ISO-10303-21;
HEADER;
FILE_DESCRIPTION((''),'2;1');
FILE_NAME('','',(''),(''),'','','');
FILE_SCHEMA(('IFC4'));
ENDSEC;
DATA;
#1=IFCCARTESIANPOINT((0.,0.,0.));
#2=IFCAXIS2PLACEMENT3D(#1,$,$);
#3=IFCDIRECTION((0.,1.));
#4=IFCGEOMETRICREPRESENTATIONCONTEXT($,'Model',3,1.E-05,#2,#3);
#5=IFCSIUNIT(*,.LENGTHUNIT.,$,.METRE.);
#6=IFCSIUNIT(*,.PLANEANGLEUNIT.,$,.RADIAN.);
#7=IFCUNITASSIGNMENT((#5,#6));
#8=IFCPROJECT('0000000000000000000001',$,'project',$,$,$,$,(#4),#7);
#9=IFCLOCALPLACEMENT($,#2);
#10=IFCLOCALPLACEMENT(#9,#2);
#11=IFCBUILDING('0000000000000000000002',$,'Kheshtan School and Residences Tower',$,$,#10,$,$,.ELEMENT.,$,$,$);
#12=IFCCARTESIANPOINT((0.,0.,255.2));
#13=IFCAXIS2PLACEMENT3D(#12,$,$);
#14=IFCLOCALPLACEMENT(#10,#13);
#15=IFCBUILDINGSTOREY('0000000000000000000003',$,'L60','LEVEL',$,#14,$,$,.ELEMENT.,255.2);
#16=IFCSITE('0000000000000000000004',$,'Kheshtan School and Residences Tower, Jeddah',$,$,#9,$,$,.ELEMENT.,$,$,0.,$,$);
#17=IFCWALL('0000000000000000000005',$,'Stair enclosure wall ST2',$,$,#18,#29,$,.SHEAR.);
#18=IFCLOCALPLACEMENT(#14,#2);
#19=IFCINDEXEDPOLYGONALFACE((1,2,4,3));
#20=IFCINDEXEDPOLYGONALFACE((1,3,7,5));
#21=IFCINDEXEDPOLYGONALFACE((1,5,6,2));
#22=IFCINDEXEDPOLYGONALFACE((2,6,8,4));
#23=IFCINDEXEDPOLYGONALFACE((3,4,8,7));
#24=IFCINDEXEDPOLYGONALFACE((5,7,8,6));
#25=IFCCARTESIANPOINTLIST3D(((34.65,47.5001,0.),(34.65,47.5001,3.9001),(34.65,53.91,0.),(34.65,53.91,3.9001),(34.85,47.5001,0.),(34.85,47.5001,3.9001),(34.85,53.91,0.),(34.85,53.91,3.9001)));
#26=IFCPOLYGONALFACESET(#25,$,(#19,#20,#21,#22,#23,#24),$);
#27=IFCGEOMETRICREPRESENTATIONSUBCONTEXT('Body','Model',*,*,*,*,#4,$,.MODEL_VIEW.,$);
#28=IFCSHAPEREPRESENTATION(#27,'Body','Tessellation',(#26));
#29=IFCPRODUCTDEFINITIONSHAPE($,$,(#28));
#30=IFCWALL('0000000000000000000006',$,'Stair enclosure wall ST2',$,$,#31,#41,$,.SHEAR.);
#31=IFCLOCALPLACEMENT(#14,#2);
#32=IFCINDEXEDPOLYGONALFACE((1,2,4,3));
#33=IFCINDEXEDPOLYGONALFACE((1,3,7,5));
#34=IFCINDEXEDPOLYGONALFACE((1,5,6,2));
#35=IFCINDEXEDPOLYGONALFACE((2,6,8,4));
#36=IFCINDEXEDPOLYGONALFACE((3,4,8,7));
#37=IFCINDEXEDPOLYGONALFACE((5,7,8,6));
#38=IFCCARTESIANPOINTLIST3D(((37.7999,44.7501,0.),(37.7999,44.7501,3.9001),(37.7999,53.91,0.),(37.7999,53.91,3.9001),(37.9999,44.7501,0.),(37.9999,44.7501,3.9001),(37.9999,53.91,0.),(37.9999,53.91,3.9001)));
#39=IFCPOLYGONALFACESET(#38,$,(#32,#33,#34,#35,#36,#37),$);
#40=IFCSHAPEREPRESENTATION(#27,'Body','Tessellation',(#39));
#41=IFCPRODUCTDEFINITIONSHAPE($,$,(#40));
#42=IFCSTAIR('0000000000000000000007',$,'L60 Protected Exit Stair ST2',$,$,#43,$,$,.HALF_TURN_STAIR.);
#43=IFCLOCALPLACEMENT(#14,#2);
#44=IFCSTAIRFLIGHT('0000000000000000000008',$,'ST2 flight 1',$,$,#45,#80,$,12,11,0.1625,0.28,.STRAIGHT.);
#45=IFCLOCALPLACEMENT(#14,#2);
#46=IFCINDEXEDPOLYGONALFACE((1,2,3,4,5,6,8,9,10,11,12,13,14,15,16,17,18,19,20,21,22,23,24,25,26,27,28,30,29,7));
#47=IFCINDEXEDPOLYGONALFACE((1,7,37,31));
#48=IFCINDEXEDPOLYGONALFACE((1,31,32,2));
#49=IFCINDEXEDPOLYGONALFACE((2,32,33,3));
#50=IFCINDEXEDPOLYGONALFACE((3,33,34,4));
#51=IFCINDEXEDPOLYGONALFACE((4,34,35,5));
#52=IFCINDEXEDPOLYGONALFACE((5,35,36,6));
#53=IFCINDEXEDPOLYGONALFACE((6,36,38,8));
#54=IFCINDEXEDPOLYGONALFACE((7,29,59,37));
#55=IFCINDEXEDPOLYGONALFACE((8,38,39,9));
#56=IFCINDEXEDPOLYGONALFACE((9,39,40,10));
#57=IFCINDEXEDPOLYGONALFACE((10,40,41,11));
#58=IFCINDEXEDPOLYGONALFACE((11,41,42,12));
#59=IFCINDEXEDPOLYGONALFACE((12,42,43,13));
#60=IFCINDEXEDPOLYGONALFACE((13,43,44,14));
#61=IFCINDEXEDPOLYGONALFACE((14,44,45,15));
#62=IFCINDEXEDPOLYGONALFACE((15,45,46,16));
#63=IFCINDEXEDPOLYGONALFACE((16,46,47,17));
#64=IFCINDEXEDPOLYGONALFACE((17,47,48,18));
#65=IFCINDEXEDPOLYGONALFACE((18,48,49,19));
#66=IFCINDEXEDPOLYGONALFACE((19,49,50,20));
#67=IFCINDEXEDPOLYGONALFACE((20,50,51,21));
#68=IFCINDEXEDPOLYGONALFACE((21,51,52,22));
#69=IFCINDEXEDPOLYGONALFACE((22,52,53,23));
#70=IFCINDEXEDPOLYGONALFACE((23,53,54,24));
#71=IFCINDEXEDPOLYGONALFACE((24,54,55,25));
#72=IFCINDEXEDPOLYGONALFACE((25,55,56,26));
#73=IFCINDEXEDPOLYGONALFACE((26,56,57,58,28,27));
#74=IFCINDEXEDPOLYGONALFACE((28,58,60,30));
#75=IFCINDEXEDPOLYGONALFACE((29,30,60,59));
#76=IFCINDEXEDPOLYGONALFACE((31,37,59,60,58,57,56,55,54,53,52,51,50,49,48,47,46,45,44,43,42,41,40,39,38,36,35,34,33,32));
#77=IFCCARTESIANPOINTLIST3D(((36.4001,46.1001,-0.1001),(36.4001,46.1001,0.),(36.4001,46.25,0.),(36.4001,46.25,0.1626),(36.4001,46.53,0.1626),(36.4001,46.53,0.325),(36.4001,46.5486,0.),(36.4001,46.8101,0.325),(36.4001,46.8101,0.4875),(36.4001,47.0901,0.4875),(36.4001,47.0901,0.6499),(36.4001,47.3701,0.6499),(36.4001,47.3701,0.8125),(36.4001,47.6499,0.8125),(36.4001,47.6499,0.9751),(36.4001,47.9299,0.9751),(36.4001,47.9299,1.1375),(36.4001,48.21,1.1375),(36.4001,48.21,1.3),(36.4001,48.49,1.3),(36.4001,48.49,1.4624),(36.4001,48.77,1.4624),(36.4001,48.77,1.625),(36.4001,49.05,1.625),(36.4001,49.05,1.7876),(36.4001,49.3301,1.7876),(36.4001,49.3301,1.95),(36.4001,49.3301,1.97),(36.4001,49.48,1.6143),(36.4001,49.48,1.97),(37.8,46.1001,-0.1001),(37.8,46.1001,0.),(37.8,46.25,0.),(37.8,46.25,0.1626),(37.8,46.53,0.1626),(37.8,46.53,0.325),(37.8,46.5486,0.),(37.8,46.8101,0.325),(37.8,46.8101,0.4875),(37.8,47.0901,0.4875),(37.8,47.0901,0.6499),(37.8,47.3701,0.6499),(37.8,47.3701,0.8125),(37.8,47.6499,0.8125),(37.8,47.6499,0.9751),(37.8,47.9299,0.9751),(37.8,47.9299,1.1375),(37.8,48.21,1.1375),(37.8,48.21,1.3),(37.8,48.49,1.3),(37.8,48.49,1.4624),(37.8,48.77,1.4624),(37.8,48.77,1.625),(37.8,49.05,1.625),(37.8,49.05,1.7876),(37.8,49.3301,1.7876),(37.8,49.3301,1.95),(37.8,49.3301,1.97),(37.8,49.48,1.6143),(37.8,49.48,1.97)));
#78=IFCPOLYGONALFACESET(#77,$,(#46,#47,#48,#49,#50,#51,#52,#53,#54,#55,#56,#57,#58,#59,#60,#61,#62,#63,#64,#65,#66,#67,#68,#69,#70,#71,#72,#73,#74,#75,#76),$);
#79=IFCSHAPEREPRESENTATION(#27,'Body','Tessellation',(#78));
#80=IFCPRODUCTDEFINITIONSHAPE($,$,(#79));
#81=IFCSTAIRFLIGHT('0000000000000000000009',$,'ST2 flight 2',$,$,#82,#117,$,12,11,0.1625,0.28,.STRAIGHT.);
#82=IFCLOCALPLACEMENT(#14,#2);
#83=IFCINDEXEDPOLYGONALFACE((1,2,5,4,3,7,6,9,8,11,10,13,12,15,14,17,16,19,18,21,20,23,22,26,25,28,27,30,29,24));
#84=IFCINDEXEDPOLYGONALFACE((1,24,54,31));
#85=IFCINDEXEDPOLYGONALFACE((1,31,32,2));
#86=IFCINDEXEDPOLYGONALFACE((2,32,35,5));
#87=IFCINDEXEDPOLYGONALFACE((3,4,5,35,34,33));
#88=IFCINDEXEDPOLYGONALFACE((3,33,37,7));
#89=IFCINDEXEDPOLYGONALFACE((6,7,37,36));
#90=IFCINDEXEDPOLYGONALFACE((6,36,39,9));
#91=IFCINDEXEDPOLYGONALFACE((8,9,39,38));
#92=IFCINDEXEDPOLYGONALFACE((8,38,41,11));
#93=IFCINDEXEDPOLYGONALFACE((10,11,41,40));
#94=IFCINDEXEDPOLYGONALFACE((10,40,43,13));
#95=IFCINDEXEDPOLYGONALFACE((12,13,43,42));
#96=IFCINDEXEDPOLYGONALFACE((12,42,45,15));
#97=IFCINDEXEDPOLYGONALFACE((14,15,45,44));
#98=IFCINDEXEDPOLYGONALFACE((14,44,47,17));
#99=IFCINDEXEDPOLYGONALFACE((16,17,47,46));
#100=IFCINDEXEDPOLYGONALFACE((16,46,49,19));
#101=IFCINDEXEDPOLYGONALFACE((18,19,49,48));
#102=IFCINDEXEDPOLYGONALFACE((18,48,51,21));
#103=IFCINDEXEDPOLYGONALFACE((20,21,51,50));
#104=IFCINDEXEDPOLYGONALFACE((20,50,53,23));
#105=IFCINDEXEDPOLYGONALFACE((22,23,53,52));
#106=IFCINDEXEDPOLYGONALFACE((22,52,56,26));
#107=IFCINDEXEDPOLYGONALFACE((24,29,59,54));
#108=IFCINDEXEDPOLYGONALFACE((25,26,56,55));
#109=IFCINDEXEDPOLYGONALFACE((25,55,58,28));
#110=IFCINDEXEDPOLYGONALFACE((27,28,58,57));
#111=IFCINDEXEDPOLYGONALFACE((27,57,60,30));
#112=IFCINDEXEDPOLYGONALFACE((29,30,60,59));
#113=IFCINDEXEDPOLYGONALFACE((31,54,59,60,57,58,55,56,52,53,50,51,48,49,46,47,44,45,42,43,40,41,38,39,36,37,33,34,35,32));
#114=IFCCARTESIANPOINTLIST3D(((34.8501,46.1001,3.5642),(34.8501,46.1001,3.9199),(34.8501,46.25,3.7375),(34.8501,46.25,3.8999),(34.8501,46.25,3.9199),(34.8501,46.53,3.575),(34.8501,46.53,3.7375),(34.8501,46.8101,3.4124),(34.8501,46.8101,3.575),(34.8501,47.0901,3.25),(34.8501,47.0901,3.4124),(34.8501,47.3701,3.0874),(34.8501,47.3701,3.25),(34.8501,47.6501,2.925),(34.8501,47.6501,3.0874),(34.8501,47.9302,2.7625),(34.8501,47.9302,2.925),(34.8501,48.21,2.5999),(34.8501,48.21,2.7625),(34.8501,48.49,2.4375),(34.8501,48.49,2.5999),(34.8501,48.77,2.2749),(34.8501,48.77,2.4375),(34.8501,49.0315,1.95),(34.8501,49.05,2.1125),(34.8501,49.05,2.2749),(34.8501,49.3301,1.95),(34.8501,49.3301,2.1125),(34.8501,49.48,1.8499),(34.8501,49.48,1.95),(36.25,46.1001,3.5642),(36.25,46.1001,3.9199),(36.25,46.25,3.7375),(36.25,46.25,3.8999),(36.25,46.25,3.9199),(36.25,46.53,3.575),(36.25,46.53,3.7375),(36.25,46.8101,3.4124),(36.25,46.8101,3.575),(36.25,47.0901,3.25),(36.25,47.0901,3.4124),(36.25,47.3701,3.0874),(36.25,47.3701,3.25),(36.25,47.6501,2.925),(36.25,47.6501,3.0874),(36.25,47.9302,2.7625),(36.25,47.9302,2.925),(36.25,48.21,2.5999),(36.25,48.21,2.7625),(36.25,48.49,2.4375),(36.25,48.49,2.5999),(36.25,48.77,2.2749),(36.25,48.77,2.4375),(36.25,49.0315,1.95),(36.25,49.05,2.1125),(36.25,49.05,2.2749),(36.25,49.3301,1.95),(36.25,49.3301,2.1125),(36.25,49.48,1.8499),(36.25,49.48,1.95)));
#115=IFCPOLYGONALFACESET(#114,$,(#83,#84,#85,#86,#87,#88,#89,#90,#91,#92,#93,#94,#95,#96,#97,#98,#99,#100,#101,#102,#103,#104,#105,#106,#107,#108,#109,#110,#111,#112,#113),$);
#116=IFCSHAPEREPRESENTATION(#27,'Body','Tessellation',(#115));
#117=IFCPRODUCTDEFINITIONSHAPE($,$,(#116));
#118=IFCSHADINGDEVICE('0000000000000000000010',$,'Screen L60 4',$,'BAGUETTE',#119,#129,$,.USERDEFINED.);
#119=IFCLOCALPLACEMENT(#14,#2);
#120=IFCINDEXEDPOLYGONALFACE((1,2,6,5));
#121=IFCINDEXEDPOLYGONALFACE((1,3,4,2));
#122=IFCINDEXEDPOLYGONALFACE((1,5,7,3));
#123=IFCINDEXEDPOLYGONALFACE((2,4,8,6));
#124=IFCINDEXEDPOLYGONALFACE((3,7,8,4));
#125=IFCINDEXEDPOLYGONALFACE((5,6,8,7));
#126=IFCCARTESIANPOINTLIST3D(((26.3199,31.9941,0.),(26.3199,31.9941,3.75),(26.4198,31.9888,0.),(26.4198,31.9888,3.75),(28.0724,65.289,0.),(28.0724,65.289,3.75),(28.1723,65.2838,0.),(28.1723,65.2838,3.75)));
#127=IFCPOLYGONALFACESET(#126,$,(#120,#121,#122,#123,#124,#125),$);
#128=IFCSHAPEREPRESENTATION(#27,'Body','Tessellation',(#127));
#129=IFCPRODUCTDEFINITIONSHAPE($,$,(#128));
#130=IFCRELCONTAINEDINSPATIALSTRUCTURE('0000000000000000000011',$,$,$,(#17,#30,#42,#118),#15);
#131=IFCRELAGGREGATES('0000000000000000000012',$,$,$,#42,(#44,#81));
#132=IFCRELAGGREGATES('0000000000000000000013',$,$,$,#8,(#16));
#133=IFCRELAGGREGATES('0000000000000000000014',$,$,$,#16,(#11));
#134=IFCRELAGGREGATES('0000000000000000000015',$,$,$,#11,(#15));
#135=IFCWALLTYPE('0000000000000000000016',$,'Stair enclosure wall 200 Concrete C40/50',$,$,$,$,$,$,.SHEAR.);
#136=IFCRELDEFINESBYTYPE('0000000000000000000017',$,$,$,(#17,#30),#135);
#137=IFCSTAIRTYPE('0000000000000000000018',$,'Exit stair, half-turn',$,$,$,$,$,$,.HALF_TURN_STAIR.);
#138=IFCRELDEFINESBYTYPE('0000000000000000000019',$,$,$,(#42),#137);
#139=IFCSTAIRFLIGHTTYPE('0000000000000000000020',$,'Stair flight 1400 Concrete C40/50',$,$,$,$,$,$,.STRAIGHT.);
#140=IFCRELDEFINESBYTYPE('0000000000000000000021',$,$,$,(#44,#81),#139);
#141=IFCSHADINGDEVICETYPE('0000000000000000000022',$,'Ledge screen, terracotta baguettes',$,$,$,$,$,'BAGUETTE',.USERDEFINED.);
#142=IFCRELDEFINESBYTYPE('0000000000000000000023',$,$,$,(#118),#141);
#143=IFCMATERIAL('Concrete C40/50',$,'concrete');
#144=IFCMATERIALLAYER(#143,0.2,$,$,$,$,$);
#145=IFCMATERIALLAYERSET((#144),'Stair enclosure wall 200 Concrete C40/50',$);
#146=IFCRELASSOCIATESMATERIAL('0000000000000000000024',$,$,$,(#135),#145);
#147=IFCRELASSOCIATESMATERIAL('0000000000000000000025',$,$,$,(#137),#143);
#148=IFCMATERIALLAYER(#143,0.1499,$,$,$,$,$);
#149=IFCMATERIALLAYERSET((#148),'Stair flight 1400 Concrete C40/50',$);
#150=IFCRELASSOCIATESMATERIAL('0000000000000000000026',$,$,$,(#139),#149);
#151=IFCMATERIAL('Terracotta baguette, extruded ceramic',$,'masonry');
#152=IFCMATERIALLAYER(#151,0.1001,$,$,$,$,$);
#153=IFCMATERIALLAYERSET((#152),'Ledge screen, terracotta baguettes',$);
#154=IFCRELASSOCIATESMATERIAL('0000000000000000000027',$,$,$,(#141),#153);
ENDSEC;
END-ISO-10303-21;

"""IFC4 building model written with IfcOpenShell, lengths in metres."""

from ifc_helpers import new_model, si_unit, direction, frame, frame_2d, origin, origin_2d, place, context, subcontext, project, spatial, polyline, rectangle, outline, extrude, material, layer, layer_set, type_object, element, aggregate, save


model = new_model("IFC4")

# Units and contexts
model_context = context("Model", 3, precision=1e-05, world=origin(), true_north=direction((0.0, 1.0)))
body_context = subcontext(model_context, "Body", "Model", "MODEL_VIEW")
ifc_project = project(units=[si_unit("LENGTHUNIT", "METRE"), si_unit("PLANEANGLEUNIT", "RADIAN")], contexts=[model_context])

# Site, building, storey
site_placement = place(None, origin())
site = spatial("IfcSite", under=ifc_project, at=site_placement, Name="Kheshtan School and Residences Tower, Jeddah", CompositionType="ELEMENT", RefElevation=0.0)
building_placement = place(site_placement, origin())
building = spatial("IfcBuilding", under=site, at=building_placement, Name="Kheshtan School and Residences Tower", CompositionType="ELEMENT")
storey_placement = place(building_placement, frame((0.0, 0.0, 255.2)))
storey = spatial("IfcBuildingStorey", under=building, at=storey_placement, Name="L60", Description="LEVEL", CompositionType="ELEMENT", Elevation=255.2)

# Walls
ifc_material_1 = material(Name="Concrete C40/50", Category="concrete")
ifc_layer_1 = layer(ifc_material_1, 0.2)
ifc_layer_set_1 = layer_set([ifc_layer_1], Name="Stair enclosure wall 200 Concrete C40/50")
wall_type_1 = type_object("IfcWallType", Name="Stair enclosure wall 200 Concrete C40/50", PredefinedType="SHEAR", material=ifc_layer_set_1)
wall_1_placement = place(storey_placement, frame((34.75, 47.5, 0.0), z_axis=(0.0, 0.0, 1.0), x_axis=(0.0, 1.0, 0.0)))
element("IfcWall", 1, at=wall_1_placement, inside=storey, type_object=wall_type_1, Name="Stair enclosure wall ST2", PredefinedType="SHEAR", context=body_context, shape_type="SweptSolid", body=[
    extrude(rectangle(XDim=6.4099, YDim=0.2, at=frame_2d((3.2051, 0.0))), origin(), (0.0, 0.0, 1.0), 3.9001),
])
wall_2_placement = place(storey_placement, frame((37.8999, 44.75, 0.0), z_axis=(0.0, 0.0, 1.0), x_axis=(0.0, 1.0, 0.0)))
element("IfcWall", 2, at=wall_2_placement, inside=storey, type_object=wall_type_1, Name="Stair enclosure wall ST2", PredefinedType="SHEAR", context=body_context, shape_type="SweptSolid", body=[
    extrude(rectangle(XDim=9.1599, YDim=0.2, at=frame_2d((4.5801, 0.0))), origin(), (0.0, 0.0, 1.0), 3.9001),
])

# Stair, stair flights
stair_type = type_object("IfcStairType", Name="Exit stair, half-turn", PredefinedType="HALF_TURN_STAIR", material=ifc_material_1)
stair_placement = place(storey_placement, origin())
stair = element("IfcStair", 3, at=stair_placement, inside=storey, type_object=stair_type, Name="L60 Protected Exit Stair ST2", PredefinedType="HALF_TURN_STAIR")
ifc_layer_2 = layer(ifc_material_1, 0.1499)
ifc_layer_set_2 = layer_set([ifc_layer_2], Name="Stair flight 1400 Concrete C40/50")
stair_flight_type = type_object("IfcStairFlightType", Name="Stair flight 1400 Concrete C40/50", PredefinedType="STRAIGHT", material=ifc_layer_set_2)
stair_flight_1_placement = place(storey_placement, frame((37.1001, 46.25, 0.0), z_axis=(0.0, 0.0, 1.0), x_axis=(0.0, 1.0, 0.0)))
stair_flight_1 = element("IfcStairFlight", 4, at=stair_flight_1_placement, type_object=stair_flight_type, Name="ST2 flight 1", NumberOfRisers=12, NumberOfTreads=11, PredefinedType="STRAIGHT", RiserHeight=0.1625, TreadLength=0.28, context=body_context, shape_type="SweptSolid", body=[
    extrude(outline(polyline([(-0.1499, -0.1001), (-0.1499, 0.0), (0.0, 0.0), (0.0, 0.1626), (0.28, 0.1626), (0.28, 0.325), (0.5601, 0.325), (0.5601, 0.4875), (0.8401, 0.4875), (0.8401, 0.6499), (1.1201, 0.6499), (1.1201, 0.8125), (1.3999, 0.8125), (1.3999, 0.9751), (1.6799, 0.9751), (1.6799, 1.1375), (1.96, 1.1375), (1.96, 1.3), (2.24, 1.3), (2.24, 1.4624), (2.52, 1.4624), (2.52, 1.625), (2.8, 1.625), (2.8, 1.7876), (3.0801, 1.7876), (3.0801, 1.95), (3.0801, 1.97), (3.23, 1.97), (3.23, 1.6143), (0.2986, 0.0), (-0.1499, -0.1001)])), frame((0.0, 0.7, 0.0), z_axis=(0.0, -1.0, 0.0), x_axis=(1.0, 0.0, 0.0)), (0.0, 0.0, 1.0), 1.3999),
])
stair_flight_2_placement = place(storey_placement, frame((35.55, 49.3301, 1.95), z_axis=(0.0, 0.0, 1.0), x_axis=(0.0, -1.0, 0.0)))
stair_flight_2 = element("IfcStairFlight", 5, at=stair_flight_2_placement, type_object=stair_flight_type, Name="ST2 flight 2", NumberOfRisers=12, NumberOfTreads=11, PredefinedType="STRAIGHT", RiserHeight=0.1625, TreadLength=0.28, context=body_context, shape_type="SweptSolid", body=[
    extrude(outline(polyline([(-0.1499, -0.1001), (-0.1499, 0.0), (0.0, 0.0), (0.0, 0.1626), (0.28, 0.1626), (0.28, 0.325), (0.5601, 0.325), (0.5601, 0.4875), (0.8401, 0.4875), (0.8401, 0.6499), (1.1201, 0.6499), (1.1201, 0.8125), (1.3999, 0.8125), (1.3999, 0.9751), (1.6799, 0.9751), (1.6799, 1.1375), (1.96, 1.1375), (1.96, 1.3), (2.24, 1.3), (2.24, 1.4624), (2.52, 1.4624), (2.52, 1.625), (2.8, 1.625), (2.8, 1.7876), (3.0801, 1.7876), (3.0801, 1.95), (3.0801, 1.97), (3.23, 1.97), (3.23, 1.6143), (0.2986, 0.0), (-0.1499, -0.1001)])), frame((0.0, 0.7, 0.0), z_axis=(0.0, -1.0, 0.0), x_axis=(1.0, 0.0, 0.0)), (0.0, 0.0, 1.0), 1.3999),
])
aggregate(stair, [stair_flight_1, stair_flight_2])

# Shading device
ifc_material_2 = material(Name="Terracotta baguette, extruded ceramic", Category="masonry")
ifc_layer_3 = layer(ifc_material_2, 0.1001)
ifc_layer_set_3 = layer_set([ifc_layer_3], Name="Ledge screen, terracotta baguettes")
shading_device_type = type_object("IfcShadingDeviceType", Name="Ledge screen, terracotta baguettes", ElementType="BAGUETTE", PredefinedType="USERDEFINED", material=ifc_layer_set_3)
shading_device_placement = place(storey_placement, frame((27.2461, 48.6389, 0.0), z_axis=(0.0, 0.0, 1.0), x_axis=(0.052563, 0.998618, 0.0)))
element("IfcShadingDevice", 6, at=shading_device_placement, inside=storey, type_object=shading_device_type, Name="Screen L60 4", ObjectType="BAGUETTE", PredefinedType="USERDEFINED", context=body_context, shape_type="SweptSolid", body=[
    extrude(rectangle(XDim=33.3411, YDim=0.1001, at=origin_2d()), origin(), (0.0, 0.0, 1.0), 3.75),
])

save(model, "model.ifc")
